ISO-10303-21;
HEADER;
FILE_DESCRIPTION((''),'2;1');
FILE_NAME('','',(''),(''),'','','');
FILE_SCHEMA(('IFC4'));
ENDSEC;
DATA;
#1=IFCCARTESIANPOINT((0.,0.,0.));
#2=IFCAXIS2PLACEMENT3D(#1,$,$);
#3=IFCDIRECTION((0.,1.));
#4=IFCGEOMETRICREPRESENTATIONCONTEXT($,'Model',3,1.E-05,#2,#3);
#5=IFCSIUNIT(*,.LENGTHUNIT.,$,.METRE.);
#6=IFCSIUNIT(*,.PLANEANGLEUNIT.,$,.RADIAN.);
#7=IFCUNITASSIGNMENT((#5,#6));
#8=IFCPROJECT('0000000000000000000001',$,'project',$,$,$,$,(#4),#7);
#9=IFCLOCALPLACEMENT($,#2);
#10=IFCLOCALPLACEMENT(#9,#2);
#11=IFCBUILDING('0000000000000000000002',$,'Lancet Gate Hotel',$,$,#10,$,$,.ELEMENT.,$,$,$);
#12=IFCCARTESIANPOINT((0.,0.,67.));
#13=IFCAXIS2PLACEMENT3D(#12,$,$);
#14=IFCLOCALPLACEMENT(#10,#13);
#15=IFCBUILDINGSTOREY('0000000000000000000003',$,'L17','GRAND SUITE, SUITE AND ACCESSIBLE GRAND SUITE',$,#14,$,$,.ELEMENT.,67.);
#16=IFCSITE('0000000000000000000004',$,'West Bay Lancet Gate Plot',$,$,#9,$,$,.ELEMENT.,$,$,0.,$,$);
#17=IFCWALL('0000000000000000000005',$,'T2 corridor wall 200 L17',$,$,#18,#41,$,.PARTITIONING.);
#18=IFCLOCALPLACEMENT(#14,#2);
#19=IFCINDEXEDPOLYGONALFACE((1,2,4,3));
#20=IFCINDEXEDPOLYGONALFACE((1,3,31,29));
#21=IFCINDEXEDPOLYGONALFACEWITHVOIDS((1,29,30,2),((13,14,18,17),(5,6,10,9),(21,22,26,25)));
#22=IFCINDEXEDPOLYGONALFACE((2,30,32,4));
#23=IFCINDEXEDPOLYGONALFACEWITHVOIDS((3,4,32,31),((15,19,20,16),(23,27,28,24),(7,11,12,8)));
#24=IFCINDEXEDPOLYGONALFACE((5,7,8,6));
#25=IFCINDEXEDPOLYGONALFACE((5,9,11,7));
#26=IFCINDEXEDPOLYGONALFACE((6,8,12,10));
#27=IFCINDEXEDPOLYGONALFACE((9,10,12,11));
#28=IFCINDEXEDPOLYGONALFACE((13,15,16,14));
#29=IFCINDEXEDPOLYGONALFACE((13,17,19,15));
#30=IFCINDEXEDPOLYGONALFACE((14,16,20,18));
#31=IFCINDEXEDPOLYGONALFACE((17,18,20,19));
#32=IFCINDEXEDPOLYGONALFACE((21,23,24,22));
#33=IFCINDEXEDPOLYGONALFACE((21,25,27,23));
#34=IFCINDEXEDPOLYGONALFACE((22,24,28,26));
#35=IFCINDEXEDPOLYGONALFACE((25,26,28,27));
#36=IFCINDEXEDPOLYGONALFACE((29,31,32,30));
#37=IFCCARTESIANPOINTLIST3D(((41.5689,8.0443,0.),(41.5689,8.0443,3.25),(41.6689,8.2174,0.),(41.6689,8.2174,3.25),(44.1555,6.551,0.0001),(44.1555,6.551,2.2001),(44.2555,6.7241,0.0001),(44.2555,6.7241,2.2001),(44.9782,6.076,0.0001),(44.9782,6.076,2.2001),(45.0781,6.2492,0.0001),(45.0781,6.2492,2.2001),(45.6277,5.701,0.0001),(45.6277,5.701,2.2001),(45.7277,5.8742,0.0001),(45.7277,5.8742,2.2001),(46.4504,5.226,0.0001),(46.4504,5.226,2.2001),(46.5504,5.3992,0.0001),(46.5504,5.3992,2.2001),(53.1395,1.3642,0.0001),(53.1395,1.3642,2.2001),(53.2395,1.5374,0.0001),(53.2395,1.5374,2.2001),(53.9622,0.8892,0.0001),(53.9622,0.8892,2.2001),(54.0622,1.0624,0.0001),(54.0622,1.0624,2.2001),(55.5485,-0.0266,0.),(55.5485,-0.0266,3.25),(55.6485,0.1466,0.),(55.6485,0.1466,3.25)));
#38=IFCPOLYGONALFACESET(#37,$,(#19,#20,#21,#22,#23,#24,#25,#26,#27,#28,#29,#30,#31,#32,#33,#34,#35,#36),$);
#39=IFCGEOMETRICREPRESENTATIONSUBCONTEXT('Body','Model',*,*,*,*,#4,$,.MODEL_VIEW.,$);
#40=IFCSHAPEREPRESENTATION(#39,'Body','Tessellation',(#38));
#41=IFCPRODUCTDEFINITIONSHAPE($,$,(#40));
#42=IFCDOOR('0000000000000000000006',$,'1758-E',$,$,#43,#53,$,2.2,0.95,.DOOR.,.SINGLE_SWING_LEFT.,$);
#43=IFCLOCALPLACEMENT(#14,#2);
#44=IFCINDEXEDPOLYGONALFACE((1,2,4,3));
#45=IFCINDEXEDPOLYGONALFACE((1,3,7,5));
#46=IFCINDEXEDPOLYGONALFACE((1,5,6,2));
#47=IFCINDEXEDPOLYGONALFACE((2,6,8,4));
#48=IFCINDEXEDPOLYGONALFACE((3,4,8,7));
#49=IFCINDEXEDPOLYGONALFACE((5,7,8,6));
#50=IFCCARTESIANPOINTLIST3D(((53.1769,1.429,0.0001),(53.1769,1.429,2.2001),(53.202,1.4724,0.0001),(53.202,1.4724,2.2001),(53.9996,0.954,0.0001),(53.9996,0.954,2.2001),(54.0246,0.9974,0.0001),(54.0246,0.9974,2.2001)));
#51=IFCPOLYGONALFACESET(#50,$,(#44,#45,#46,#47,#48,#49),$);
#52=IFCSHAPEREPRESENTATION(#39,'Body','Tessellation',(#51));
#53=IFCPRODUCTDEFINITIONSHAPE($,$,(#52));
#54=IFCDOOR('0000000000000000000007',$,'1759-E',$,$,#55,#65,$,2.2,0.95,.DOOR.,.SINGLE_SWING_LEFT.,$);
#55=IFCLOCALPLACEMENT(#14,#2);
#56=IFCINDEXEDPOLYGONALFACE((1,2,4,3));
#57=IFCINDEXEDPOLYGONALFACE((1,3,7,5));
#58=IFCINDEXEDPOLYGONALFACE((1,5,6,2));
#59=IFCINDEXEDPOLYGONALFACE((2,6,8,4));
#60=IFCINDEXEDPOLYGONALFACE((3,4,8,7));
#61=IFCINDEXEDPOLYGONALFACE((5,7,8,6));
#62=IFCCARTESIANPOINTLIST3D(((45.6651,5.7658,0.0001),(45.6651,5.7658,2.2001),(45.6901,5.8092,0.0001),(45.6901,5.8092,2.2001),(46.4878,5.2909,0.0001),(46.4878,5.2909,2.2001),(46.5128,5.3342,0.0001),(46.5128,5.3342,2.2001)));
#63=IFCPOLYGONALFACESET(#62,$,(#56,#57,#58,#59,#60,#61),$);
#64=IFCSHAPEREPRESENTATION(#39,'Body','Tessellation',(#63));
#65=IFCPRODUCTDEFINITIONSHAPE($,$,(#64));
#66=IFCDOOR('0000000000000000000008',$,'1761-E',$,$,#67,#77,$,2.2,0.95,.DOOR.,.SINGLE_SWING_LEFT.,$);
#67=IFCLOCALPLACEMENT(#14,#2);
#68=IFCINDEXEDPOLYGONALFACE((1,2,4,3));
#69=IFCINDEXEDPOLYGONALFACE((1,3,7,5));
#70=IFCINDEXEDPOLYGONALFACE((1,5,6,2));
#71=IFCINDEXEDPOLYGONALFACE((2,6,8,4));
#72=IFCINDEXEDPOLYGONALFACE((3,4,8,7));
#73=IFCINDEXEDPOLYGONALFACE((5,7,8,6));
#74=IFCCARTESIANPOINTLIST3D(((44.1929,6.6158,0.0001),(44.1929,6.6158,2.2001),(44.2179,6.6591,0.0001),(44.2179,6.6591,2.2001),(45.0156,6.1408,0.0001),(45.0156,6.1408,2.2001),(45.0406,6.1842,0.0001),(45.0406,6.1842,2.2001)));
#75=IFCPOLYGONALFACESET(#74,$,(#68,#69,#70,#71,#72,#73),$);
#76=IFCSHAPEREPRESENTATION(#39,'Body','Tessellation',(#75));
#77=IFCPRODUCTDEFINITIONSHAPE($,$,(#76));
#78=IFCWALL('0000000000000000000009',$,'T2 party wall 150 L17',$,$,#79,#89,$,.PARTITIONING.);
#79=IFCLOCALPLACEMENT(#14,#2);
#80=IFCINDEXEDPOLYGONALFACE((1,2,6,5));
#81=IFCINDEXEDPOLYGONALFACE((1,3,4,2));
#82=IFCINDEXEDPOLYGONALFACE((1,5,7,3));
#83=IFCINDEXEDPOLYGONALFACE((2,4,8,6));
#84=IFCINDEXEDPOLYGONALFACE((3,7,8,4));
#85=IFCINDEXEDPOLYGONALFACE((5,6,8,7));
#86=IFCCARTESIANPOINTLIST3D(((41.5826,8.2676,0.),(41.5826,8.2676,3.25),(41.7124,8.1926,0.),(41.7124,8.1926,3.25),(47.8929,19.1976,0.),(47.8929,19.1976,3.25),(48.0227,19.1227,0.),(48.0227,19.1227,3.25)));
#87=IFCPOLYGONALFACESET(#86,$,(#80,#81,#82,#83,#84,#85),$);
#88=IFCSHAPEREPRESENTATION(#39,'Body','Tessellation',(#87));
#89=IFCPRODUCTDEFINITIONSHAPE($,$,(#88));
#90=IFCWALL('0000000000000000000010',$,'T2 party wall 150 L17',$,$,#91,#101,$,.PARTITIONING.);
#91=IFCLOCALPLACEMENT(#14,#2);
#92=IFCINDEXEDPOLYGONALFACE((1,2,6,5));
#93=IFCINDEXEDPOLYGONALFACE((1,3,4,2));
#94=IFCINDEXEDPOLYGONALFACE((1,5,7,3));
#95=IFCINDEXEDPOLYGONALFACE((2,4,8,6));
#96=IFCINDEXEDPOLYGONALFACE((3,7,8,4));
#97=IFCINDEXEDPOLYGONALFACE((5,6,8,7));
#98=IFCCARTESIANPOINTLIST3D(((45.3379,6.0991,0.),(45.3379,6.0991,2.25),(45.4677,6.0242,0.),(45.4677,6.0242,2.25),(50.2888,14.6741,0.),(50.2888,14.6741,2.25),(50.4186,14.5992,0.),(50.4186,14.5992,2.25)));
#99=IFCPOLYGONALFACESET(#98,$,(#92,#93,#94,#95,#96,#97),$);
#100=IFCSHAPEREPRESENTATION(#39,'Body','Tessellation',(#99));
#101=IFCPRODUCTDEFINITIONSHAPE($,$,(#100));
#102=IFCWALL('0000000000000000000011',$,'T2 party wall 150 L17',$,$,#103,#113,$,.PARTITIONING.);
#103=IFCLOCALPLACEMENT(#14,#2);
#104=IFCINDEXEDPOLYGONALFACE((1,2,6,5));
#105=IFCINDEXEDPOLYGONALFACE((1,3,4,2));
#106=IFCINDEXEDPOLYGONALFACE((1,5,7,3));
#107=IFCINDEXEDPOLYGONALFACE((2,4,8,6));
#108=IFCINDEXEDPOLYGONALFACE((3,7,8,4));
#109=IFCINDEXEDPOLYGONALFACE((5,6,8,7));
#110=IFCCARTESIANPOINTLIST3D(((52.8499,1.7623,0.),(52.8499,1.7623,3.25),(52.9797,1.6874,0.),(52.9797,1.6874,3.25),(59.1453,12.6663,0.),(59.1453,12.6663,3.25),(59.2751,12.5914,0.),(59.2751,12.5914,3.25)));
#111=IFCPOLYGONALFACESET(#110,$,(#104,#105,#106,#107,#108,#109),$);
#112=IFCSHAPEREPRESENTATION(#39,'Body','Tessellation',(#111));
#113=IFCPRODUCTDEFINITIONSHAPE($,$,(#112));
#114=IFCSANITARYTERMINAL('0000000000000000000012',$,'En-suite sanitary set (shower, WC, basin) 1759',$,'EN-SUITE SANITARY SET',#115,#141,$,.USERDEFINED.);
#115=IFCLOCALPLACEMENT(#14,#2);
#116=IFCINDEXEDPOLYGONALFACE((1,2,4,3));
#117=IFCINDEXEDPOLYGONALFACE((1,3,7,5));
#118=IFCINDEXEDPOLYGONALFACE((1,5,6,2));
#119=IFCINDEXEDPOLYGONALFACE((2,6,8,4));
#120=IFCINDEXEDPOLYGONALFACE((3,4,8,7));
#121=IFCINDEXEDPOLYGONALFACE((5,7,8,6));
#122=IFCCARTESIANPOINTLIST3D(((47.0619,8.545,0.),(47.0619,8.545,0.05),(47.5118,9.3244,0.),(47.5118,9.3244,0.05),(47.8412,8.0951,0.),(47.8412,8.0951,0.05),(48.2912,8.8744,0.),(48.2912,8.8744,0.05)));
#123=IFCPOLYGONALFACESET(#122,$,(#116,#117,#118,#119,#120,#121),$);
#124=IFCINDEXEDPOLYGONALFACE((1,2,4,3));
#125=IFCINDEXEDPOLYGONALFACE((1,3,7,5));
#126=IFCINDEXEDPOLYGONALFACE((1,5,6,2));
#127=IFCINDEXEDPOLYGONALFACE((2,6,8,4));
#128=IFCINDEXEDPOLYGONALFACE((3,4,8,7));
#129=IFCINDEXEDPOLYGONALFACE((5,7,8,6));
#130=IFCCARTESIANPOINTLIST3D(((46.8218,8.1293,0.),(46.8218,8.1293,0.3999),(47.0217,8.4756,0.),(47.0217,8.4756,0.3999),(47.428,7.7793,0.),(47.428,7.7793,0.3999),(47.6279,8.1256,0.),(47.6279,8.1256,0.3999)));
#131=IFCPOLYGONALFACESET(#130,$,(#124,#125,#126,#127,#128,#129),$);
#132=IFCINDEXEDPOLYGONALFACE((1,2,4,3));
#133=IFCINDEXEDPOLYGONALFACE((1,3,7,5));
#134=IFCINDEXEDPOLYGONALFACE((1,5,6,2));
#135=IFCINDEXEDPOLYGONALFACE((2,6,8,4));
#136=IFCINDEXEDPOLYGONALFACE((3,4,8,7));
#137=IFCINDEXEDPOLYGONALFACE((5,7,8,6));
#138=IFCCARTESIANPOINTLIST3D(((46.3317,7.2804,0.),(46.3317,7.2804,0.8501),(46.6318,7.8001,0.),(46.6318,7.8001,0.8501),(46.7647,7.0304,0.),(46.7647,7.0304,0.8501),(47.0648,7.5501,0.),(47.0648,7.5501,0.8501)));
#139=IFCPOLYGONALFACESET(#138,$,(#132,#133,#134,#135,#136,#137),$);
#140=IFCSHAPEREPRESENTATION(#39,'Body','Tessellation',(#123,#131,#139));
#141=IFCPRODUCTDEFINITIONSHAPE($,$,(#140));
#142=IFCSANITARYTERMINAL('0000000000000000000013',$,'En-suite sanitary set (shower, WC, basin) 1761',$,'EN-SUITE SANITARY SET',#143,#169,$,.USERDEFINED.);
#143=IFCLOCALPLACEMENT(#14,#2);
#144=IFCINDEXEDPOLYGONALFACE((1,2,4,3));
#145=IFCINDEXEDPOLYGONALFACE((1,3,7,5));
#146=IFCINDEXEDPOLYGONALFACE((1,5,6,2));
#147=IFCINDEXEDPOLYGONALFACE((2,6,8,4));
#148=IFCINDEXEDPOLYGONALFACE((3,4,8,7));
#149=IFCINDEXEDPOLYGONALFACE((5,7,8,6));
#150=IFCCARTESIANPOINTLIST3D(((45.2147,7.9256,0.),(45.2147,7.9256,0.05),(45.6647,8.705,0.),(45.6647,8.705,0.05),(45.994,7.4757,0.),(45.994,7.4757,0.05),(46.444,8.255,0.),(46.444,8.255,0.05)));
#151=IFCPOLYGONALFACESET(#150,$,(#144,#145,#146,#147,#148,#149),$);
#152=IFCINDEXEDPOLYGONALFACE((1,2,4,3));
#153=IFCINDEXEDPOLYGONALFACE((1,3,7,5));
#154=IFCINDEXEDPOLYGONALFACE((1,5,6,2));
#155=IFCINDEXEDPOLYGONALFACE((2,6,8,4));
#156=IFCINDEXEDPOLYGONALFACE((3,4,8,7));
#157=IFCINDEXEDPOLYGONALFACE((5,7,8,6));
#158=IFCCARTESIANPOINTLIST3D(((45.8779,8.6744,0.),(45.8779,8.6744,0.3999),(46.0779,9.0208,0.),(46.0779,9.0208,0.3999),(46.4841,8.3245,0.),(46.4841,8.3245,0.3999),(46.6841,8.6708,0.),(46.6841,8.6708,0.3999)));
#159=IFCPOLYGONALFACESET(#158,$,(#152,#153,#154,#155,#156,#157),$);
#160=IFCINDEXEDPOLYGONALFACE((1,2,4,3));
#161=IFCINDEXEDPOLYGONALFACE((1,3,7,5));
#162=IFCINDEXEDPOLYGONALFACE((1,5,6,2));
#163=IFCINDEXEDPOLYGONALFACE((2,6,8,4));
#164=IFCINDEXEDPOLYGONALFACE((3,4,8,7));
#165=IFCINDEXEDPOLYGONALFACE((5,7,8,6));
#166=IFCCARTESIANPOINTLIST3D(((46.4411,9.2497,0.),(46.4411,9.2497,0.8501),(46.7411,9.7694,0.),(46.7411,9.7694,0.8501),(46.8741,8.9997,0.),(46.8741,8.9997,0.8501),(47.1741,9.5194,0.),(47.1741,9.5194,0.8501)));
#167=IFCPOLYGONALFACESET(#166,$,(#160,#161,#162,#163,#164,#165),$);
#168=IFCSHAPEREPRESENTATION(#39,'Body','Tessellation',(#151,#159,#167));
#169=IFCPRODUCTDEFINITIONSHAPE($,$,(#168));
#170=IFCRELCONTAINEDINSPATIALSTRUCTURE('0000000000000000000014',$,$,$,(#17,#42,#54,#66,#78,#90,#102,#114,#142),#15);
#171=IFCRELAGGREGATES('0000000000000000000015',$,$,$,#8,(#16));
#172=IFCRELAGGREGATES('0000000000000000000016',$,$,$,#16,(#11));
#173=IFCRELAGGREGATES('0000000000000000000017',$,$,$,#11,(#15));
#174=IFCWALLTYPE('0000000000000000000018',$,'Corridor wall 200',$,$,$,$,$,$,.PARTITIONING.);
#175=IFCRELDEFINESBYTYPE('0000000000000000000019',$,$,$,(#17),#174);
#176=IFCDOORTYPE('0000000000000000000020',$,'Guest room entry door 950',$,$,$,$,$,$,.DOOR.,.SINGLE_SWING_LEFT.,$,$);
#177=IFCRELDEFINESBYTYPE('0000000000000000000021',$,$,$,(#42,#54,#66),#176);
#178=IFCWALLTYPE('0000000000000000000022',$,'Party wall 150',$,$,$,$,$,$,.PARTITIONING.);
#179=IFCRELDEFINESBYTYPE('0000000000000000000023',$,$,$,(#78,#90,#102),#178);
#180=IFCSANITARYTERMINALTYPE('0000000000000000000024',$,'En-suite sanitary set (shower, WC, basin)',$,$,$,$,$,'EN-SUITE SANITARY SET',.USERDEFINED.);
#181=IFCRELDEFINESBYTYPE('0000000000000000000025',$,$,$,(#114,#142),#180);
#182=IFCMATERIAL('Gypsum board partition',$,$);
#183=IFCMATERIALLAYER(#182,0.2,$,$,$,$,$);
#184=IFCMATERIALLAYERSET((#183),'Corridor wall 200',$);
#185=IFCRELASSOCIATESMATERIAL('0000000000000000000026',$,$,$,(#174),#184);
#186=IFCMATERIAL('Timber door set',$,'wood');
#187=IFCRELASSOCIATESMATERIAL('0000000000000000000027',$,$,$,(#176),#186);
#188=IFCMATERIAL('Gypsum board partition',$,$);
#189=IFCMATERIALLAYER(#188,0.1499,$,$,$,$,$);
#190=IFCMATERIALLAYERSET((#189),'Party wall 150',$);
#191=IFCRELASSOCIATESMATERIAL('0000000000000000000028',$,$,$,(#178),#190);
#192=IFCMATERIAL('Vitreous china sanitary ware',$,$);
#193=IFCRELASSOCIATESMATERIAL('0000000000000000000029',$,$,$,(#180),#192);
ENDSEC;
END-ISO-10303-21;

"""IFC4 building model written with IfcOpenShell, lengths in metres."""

from ifc_helpers import new_model, si_unit, direction, frame, frame_2d, origin, origin_2d, place, context, subcontext, project, spatial, rectangle, extrude, material, layer, layer_set, type_object, element, fill, save


model = new_model("IFC4")

# Units and contexts
model_context = context("Model", 3, precision=1e-05, world=origin(), true_north=direction((0.0, 1.0)))
body_context = subcontext(model_context, "Body", "Model", "MODEL_VIEW")
ifc_project = project(units=[si_unit("LENGTHUNIT", "METRE"), si_unit("PLANEANGLEUNIT", "RADIAN")], contexts=[model_context])

# Site, building, storey
site_placement = place(None, origin())
site = spatial("IfcSite", under=ifc_project, at=site_placement, Name="West Bay Lancet Gate Plot", CompositionType="ELEMENT", RefElevation=0.0)
building_placement = place(site_placement, origin())
building = spatial("IfcBuilding", under=site, at=building_placement, Name="Lancet Gate Hotel", CompositionType="ELEMENT")
storey_placement = place(building_placement, frame((0.0, 0.0, 67.0)))
storey = spatial("IfcBuildingStorey", under=building, at=storey_placement, Name="L17", Description="GRAND SUITE, SUITE AND ACCESSIBLE GRAND SUITE", CompositionType="ELEMENT", Elevation=67.0)

# Wall, openings, doors
ifc_material_1 = material(Name="Gypsum board partition")
ifc_layer_1 = layer(ifc_material_1, 0.2)
ifc_layer_set_1 = layer_set([ifc_layer_1], Name="Corridor wall 200")
wall_type_1 = type_object("IfcWallType", Name="Corridor wall 200", PredefinedType="PARTITIONING", material=ifc_layer_set_1)
wall_1_placement = place(storey_placement, frame((41.6189, 8.1309, 0.0), z_axis=(0.0, 0.0, 1.0), x_axis=(0.866032, -0.499988, 0.0)))
wall_1 = element("IfcWall", 1, at=wall_1_placement, inside=storey, type_object=wall_type_1, Name="T2 corridor wall 200 L17", PredefinedType="PARTITIONING", context=body_context, shape_type="SweptSolid", body=[
    extrude(rectangle(XDim=16.1421, YDim=0.2, at=frame_2d((8.071, 0.0))), origin(), (0.0, 0.0, 1.0), 3.25),
])
opening_1_placement = place(wall_1_placement, frame((13.3604, 0.0, 0.0)))
opening_1 = element("IfcOpeningElement", 2, at=opening_1_placement, cuts=wall_1, PredefinedType="OPENING", context=body_context, shape_type="SweptSolid", body=[
    extrude(rectangle(XDim=0.95, YDim=2.2, at=frame_2d((0.4751, 1.1001))), frame((0.0, 0.1099, 0.0), z_axis=(0.0, -1.0, 0.0), x_axis=(1.0, 0.0, 0.0)), (0.0, 0.0, 1.0), 0.22),
])
opening_2_placement = place(wall_1_placement, frame((4.6865, 0.0, 0.0)))
opening_2 = element("IfcOpeningElement", 3, at=opening_2_placement, cuts=wall_1, PredefinedType="OPENING", context=body_context, shape_type="SweptSolid", body=[
    extrude(rectangle(XDim=0.95, YDim=2.2, at=frame_2d((0.4751, 1.1001))), frame((0.0, 0.1099, 0.0), z_axis=(0.0, -1.0, 0.0), x_axis=(1.0, 0.0, 0.0)), (0.0, 0.0, 1.0), 0.22),
])
opening_3_placement = place(wall_1_placement, frame((2.9866, 0.0, 0.0)))
opening_3 = element("IfcOpeningElement", 4, at=opening_3_placement, cuts=wall_1, PredefinedType="OPENING", context=body_context, shape_type="SweptSolid", body=[
    extrude(rectangle(XDim=0.95, YDim=2.2, at=frame_2d((0.4751, 1.1001))), frame((0.0, 0.1099, 0.0), z_axis=(0.0, -1.0, 0.0), x_axis=(1.0, 0.0, 0.0)), (0.0, 0.0, 1.0), 0.22),
])
ifc_material_2 = material(Name="Timber door set", Category="wood")
door_type_1 = type_object("IfcDoorType", Name="Guest room entry door 950", OperationType="SINGLE_SWING_LEFT", PredefinedType="DOOR", material=ifc_material_2)
door_1_placement = place(opening_1_placement, origin())
door_1 = element("IfcDoor", 5, at=door_1_placement, inside=storey, type_object=door_type_1, Name="1758-E", OperationType="SINGLE_SWING_LEFT", OverallHeight=2.2, OverallWidth=0.95, PredefinedType="DOOR", context=body_context, shape_type="SweptSolid", body=[
    extrude(rectangle(XDim=0.95, YDim=2.2, at=frame_2d((0.4751, 1.1001))), frame((0.0, 0.0249, 0.0), z_axis=(0.0, -1.0, 0.0), x_axis=(1.0, 0.0, 0.0)), (0.0, 0.0, 1.0), 0.05),
])
fill(opening_1, door_1)
door_2_placement = place(opening_2_placement, origin())
door_2 = element("IfcDoor", 6, at=door_2_placement, inside=storey, type_object=door_type_1, Name="1759-E", OperationType="SINGLE_SWING_LEFT", OverallHeight=2.2, OverallWidth=0.95, PredefinedType="DOOR", context=body_context, shape_type="SweptSolid", body=[
    extrude(rectangle(XDim=0.95, YDim=2.2, at=frame_2d((0.4751, 1.1001))), frame((0.0, 0.0249, 0.0), z_axis=(0.0, -1.0, 0.0), x_axis=(1.0, 0.0, 0.0)), (0.0, 0.0, 1.0), 0.05),
])
fill(opening_2, door_2)
door_3_placement = place(opening_3_placement, origin())
door_3 = element("IfcDoor", 7, at=door_3_placement, inside=storey, type_object=door_type_1, Name="1761-E", OperationType="SINGLE_SWING_LEFT", OverallHeight=2.2, OverallWidth=0.95, PredefinedType="DOOR", context=body_context, shape_type="SweptSolid", body=[
    extrude(rectangle(XDim=0.95, YDim=2.2, at=frame_2d((0.4751, 1.1001))), frame((0.0, 0.0249, 0.0), z_axis=(0.0, -1.0, 0.0), x_axis=(1.0, 0.0, 0.0)), (0.0, 0.0, 1.0), 0.05),
])
fill(opening_3, door_3)

# Walls
ifc_material_3 = material(Name="Gypsum board partition")
ifc_layer_2 = layer(ifc_material_3, 0.1499)
ifc_layer_set_2 = layer_set([ifc_layer_2], Name="Party wall 150")
wall_type_2 = type_object("IfcWallType", Name="Party wall 150", PredefinedType="PARTITIONING", material=ifc_layer_set_2)
wall_2_placement = place(storey_placement, frame((41.6475, 8.23, 0.0), z_axis=(0.0, 0.0, 1.0), x_axis=(0.499986, 0.866034, 0.0)))
element("IfcWall", 8, at=wall_2_placement, inside=storey, type_object=wall_type_2, Name="T2 party wall 150 L17", PredefinedType="PARTITIONING", context=body_context, shape_type="SweptSolid", body=[
    extrude(rectangle(XDim=12.6208, YDim=0.1499, at=frame_2d((6.3105, 0.0))), origin(), (0.0, 0.0, 1.0), 3.25),
])
wall_3_placement = place(storey_placement, frame((45.4028, 6.0618, 0.0), z_axis=(0.0, 0.0, 1.0), x_axis=(0.500013, 0.866018, 0.0)))
element("IfcWall", 9, at=wall_3_placement, inside=storey, type_object=wall_type_2, Name="T2 party wall 150 L17", PredefinedType="PARTITIONING", context=body_context, shape_type="SweptSolid", body=[
    extrude(rectangle(XDim=9.9016, YDim=0.1499, at=frame_2d((4.9507, 0.0))), origin(), (0.0, 0.0, 1.0), 2.25),
])
wall_4_placement = place(storey_placement, frame((52.9148, 1.7249, 0.0), z_axis=(0.0, 0.0, 1.0), x_axis=(0.499997, 0.866027, 0.0)))
element("IfcWall", 10, at=wall_4_placement, inside=storey, type_object=wall_type_2, Name="T2 party wall 150 L17", PredefinedType="PARTITIONING", context=body_context, shape_type="SweptSolid", body=[
    extrude(rectangle(XDim=12.5908, YDim=0.1499, at=frame_2d((6.2954, 0.0))), origin(), (0.0, 0.0, 1.0), 3.25),
])

# Sanitary terminals
ifc_material_4 = material(Name="Vitreous china sanitary ware")
sanitary_terminal_type = type_object("IfcSanitaryTerminalType", Name="En-suite sanitary set (shower, WC, basin)", ElementType="EN-SUITE SANITARY SET", PredefinedType="USERDEFINED", material=ifc_material_4)
sanitary_terminal_1_placement = place(storey_placement, frame((47.6765, 8.7097, 0.0), z_axis=(0.0, 0.0, 1.0), x_axis=(1.0, 0.0, 0.0)))
element("IfcSanitaryTerminal", 11, at=sanitary_terminal_1_placement, inside=storey, type_object=sanitary_terminal_type, Name="En-suite sanitary set (shower, WC, basin) 1759", ObjectType="EN-SUITE SANITARY SET", PredefinedType="USERDEFINED", context=body_context, shape_type="SweptSolid", body=[
    extrude(rectangle(XDim=0.8999, YDim=0.8999, at=origin_2d()), frame((0.0, 0.0, 0.0), z_axis=(0.0, 0.0, 1.0), x_axis=(0.5, 0.866025, 0.0)), (0.0, 0.0, 1.0), 0.05),
    extrude(rectangle(XDim=0.3999, YDim=0.7, at=origin_2d()), frame((-0.4517, -0.5823, 0.0), z_axis=(0.0, 0.0, 1.0), x_axis=(0.5, 0.866025, 0.0)), (0.0, 0.0, 1.0), 0.3999),
    extrude(rectangle(XDim=0.6001, YDim=0.5, at=origin_2d()), frame((-0.9783, -1.2944, 0.0), z_axis=(0.0, 0.0, 1.0), x_axis=(0.5, 0.866025, 0.0)), (0.0, 0.0, 1.0), 0.8501),
])
sanitary_terminal_2_placement = place(storey_placement, frame((45.8293, 8.0903, 0.0), z_axis=(0.0, 0.0, 1.0), x_axis=(1.0, 0.0, 0.0)))
element("IfcSanitaryTerminal", 12, at=sanitary_terminal_2_placement, inside=storey, type_object=sanitary_terminal_type, Name="En-suite sanitary set (shower, WC, basin) 1761", ObjectType="EN-SUITE SANITARY SET", PredefinedType="USERDEFINED", context=body_context, shape_type="SweptSolid", body=[
    extrude(rectangle(XDim=0.8999, YDim=0.8999, at=origin_2d()), frame((0.0, 0.0, 0.0), z_axis=(0.0, 0.0, 1.0), x_axis=(-0.5, -0.866025, 0.0)), (0.0, 0.0, 1.0), 0.05),
    extrude(rectangle(XDim=0.3999, YDim=0.7, at=origin_2d()), frame((0.4517, 0.5823, 0.0), z_axis=(0.0, 0.0, 1.0), x_axis=(-0.5, -0.866025, 0.0)), (0.0, 0.0, 1.0), 0.3999),
    extrude(rectangle(XDim=0.6001, YDim=0.5, at=origin_2d()), frame((0.9783, 1.2942, 0.0), z_axis=(0.0, 0.0, 1.0), x_axis=(-0.5, -0.866025, 0.0)), (0.0, 0.0, 1.0), 0.8501),
])

save(model, "model.ifc")
